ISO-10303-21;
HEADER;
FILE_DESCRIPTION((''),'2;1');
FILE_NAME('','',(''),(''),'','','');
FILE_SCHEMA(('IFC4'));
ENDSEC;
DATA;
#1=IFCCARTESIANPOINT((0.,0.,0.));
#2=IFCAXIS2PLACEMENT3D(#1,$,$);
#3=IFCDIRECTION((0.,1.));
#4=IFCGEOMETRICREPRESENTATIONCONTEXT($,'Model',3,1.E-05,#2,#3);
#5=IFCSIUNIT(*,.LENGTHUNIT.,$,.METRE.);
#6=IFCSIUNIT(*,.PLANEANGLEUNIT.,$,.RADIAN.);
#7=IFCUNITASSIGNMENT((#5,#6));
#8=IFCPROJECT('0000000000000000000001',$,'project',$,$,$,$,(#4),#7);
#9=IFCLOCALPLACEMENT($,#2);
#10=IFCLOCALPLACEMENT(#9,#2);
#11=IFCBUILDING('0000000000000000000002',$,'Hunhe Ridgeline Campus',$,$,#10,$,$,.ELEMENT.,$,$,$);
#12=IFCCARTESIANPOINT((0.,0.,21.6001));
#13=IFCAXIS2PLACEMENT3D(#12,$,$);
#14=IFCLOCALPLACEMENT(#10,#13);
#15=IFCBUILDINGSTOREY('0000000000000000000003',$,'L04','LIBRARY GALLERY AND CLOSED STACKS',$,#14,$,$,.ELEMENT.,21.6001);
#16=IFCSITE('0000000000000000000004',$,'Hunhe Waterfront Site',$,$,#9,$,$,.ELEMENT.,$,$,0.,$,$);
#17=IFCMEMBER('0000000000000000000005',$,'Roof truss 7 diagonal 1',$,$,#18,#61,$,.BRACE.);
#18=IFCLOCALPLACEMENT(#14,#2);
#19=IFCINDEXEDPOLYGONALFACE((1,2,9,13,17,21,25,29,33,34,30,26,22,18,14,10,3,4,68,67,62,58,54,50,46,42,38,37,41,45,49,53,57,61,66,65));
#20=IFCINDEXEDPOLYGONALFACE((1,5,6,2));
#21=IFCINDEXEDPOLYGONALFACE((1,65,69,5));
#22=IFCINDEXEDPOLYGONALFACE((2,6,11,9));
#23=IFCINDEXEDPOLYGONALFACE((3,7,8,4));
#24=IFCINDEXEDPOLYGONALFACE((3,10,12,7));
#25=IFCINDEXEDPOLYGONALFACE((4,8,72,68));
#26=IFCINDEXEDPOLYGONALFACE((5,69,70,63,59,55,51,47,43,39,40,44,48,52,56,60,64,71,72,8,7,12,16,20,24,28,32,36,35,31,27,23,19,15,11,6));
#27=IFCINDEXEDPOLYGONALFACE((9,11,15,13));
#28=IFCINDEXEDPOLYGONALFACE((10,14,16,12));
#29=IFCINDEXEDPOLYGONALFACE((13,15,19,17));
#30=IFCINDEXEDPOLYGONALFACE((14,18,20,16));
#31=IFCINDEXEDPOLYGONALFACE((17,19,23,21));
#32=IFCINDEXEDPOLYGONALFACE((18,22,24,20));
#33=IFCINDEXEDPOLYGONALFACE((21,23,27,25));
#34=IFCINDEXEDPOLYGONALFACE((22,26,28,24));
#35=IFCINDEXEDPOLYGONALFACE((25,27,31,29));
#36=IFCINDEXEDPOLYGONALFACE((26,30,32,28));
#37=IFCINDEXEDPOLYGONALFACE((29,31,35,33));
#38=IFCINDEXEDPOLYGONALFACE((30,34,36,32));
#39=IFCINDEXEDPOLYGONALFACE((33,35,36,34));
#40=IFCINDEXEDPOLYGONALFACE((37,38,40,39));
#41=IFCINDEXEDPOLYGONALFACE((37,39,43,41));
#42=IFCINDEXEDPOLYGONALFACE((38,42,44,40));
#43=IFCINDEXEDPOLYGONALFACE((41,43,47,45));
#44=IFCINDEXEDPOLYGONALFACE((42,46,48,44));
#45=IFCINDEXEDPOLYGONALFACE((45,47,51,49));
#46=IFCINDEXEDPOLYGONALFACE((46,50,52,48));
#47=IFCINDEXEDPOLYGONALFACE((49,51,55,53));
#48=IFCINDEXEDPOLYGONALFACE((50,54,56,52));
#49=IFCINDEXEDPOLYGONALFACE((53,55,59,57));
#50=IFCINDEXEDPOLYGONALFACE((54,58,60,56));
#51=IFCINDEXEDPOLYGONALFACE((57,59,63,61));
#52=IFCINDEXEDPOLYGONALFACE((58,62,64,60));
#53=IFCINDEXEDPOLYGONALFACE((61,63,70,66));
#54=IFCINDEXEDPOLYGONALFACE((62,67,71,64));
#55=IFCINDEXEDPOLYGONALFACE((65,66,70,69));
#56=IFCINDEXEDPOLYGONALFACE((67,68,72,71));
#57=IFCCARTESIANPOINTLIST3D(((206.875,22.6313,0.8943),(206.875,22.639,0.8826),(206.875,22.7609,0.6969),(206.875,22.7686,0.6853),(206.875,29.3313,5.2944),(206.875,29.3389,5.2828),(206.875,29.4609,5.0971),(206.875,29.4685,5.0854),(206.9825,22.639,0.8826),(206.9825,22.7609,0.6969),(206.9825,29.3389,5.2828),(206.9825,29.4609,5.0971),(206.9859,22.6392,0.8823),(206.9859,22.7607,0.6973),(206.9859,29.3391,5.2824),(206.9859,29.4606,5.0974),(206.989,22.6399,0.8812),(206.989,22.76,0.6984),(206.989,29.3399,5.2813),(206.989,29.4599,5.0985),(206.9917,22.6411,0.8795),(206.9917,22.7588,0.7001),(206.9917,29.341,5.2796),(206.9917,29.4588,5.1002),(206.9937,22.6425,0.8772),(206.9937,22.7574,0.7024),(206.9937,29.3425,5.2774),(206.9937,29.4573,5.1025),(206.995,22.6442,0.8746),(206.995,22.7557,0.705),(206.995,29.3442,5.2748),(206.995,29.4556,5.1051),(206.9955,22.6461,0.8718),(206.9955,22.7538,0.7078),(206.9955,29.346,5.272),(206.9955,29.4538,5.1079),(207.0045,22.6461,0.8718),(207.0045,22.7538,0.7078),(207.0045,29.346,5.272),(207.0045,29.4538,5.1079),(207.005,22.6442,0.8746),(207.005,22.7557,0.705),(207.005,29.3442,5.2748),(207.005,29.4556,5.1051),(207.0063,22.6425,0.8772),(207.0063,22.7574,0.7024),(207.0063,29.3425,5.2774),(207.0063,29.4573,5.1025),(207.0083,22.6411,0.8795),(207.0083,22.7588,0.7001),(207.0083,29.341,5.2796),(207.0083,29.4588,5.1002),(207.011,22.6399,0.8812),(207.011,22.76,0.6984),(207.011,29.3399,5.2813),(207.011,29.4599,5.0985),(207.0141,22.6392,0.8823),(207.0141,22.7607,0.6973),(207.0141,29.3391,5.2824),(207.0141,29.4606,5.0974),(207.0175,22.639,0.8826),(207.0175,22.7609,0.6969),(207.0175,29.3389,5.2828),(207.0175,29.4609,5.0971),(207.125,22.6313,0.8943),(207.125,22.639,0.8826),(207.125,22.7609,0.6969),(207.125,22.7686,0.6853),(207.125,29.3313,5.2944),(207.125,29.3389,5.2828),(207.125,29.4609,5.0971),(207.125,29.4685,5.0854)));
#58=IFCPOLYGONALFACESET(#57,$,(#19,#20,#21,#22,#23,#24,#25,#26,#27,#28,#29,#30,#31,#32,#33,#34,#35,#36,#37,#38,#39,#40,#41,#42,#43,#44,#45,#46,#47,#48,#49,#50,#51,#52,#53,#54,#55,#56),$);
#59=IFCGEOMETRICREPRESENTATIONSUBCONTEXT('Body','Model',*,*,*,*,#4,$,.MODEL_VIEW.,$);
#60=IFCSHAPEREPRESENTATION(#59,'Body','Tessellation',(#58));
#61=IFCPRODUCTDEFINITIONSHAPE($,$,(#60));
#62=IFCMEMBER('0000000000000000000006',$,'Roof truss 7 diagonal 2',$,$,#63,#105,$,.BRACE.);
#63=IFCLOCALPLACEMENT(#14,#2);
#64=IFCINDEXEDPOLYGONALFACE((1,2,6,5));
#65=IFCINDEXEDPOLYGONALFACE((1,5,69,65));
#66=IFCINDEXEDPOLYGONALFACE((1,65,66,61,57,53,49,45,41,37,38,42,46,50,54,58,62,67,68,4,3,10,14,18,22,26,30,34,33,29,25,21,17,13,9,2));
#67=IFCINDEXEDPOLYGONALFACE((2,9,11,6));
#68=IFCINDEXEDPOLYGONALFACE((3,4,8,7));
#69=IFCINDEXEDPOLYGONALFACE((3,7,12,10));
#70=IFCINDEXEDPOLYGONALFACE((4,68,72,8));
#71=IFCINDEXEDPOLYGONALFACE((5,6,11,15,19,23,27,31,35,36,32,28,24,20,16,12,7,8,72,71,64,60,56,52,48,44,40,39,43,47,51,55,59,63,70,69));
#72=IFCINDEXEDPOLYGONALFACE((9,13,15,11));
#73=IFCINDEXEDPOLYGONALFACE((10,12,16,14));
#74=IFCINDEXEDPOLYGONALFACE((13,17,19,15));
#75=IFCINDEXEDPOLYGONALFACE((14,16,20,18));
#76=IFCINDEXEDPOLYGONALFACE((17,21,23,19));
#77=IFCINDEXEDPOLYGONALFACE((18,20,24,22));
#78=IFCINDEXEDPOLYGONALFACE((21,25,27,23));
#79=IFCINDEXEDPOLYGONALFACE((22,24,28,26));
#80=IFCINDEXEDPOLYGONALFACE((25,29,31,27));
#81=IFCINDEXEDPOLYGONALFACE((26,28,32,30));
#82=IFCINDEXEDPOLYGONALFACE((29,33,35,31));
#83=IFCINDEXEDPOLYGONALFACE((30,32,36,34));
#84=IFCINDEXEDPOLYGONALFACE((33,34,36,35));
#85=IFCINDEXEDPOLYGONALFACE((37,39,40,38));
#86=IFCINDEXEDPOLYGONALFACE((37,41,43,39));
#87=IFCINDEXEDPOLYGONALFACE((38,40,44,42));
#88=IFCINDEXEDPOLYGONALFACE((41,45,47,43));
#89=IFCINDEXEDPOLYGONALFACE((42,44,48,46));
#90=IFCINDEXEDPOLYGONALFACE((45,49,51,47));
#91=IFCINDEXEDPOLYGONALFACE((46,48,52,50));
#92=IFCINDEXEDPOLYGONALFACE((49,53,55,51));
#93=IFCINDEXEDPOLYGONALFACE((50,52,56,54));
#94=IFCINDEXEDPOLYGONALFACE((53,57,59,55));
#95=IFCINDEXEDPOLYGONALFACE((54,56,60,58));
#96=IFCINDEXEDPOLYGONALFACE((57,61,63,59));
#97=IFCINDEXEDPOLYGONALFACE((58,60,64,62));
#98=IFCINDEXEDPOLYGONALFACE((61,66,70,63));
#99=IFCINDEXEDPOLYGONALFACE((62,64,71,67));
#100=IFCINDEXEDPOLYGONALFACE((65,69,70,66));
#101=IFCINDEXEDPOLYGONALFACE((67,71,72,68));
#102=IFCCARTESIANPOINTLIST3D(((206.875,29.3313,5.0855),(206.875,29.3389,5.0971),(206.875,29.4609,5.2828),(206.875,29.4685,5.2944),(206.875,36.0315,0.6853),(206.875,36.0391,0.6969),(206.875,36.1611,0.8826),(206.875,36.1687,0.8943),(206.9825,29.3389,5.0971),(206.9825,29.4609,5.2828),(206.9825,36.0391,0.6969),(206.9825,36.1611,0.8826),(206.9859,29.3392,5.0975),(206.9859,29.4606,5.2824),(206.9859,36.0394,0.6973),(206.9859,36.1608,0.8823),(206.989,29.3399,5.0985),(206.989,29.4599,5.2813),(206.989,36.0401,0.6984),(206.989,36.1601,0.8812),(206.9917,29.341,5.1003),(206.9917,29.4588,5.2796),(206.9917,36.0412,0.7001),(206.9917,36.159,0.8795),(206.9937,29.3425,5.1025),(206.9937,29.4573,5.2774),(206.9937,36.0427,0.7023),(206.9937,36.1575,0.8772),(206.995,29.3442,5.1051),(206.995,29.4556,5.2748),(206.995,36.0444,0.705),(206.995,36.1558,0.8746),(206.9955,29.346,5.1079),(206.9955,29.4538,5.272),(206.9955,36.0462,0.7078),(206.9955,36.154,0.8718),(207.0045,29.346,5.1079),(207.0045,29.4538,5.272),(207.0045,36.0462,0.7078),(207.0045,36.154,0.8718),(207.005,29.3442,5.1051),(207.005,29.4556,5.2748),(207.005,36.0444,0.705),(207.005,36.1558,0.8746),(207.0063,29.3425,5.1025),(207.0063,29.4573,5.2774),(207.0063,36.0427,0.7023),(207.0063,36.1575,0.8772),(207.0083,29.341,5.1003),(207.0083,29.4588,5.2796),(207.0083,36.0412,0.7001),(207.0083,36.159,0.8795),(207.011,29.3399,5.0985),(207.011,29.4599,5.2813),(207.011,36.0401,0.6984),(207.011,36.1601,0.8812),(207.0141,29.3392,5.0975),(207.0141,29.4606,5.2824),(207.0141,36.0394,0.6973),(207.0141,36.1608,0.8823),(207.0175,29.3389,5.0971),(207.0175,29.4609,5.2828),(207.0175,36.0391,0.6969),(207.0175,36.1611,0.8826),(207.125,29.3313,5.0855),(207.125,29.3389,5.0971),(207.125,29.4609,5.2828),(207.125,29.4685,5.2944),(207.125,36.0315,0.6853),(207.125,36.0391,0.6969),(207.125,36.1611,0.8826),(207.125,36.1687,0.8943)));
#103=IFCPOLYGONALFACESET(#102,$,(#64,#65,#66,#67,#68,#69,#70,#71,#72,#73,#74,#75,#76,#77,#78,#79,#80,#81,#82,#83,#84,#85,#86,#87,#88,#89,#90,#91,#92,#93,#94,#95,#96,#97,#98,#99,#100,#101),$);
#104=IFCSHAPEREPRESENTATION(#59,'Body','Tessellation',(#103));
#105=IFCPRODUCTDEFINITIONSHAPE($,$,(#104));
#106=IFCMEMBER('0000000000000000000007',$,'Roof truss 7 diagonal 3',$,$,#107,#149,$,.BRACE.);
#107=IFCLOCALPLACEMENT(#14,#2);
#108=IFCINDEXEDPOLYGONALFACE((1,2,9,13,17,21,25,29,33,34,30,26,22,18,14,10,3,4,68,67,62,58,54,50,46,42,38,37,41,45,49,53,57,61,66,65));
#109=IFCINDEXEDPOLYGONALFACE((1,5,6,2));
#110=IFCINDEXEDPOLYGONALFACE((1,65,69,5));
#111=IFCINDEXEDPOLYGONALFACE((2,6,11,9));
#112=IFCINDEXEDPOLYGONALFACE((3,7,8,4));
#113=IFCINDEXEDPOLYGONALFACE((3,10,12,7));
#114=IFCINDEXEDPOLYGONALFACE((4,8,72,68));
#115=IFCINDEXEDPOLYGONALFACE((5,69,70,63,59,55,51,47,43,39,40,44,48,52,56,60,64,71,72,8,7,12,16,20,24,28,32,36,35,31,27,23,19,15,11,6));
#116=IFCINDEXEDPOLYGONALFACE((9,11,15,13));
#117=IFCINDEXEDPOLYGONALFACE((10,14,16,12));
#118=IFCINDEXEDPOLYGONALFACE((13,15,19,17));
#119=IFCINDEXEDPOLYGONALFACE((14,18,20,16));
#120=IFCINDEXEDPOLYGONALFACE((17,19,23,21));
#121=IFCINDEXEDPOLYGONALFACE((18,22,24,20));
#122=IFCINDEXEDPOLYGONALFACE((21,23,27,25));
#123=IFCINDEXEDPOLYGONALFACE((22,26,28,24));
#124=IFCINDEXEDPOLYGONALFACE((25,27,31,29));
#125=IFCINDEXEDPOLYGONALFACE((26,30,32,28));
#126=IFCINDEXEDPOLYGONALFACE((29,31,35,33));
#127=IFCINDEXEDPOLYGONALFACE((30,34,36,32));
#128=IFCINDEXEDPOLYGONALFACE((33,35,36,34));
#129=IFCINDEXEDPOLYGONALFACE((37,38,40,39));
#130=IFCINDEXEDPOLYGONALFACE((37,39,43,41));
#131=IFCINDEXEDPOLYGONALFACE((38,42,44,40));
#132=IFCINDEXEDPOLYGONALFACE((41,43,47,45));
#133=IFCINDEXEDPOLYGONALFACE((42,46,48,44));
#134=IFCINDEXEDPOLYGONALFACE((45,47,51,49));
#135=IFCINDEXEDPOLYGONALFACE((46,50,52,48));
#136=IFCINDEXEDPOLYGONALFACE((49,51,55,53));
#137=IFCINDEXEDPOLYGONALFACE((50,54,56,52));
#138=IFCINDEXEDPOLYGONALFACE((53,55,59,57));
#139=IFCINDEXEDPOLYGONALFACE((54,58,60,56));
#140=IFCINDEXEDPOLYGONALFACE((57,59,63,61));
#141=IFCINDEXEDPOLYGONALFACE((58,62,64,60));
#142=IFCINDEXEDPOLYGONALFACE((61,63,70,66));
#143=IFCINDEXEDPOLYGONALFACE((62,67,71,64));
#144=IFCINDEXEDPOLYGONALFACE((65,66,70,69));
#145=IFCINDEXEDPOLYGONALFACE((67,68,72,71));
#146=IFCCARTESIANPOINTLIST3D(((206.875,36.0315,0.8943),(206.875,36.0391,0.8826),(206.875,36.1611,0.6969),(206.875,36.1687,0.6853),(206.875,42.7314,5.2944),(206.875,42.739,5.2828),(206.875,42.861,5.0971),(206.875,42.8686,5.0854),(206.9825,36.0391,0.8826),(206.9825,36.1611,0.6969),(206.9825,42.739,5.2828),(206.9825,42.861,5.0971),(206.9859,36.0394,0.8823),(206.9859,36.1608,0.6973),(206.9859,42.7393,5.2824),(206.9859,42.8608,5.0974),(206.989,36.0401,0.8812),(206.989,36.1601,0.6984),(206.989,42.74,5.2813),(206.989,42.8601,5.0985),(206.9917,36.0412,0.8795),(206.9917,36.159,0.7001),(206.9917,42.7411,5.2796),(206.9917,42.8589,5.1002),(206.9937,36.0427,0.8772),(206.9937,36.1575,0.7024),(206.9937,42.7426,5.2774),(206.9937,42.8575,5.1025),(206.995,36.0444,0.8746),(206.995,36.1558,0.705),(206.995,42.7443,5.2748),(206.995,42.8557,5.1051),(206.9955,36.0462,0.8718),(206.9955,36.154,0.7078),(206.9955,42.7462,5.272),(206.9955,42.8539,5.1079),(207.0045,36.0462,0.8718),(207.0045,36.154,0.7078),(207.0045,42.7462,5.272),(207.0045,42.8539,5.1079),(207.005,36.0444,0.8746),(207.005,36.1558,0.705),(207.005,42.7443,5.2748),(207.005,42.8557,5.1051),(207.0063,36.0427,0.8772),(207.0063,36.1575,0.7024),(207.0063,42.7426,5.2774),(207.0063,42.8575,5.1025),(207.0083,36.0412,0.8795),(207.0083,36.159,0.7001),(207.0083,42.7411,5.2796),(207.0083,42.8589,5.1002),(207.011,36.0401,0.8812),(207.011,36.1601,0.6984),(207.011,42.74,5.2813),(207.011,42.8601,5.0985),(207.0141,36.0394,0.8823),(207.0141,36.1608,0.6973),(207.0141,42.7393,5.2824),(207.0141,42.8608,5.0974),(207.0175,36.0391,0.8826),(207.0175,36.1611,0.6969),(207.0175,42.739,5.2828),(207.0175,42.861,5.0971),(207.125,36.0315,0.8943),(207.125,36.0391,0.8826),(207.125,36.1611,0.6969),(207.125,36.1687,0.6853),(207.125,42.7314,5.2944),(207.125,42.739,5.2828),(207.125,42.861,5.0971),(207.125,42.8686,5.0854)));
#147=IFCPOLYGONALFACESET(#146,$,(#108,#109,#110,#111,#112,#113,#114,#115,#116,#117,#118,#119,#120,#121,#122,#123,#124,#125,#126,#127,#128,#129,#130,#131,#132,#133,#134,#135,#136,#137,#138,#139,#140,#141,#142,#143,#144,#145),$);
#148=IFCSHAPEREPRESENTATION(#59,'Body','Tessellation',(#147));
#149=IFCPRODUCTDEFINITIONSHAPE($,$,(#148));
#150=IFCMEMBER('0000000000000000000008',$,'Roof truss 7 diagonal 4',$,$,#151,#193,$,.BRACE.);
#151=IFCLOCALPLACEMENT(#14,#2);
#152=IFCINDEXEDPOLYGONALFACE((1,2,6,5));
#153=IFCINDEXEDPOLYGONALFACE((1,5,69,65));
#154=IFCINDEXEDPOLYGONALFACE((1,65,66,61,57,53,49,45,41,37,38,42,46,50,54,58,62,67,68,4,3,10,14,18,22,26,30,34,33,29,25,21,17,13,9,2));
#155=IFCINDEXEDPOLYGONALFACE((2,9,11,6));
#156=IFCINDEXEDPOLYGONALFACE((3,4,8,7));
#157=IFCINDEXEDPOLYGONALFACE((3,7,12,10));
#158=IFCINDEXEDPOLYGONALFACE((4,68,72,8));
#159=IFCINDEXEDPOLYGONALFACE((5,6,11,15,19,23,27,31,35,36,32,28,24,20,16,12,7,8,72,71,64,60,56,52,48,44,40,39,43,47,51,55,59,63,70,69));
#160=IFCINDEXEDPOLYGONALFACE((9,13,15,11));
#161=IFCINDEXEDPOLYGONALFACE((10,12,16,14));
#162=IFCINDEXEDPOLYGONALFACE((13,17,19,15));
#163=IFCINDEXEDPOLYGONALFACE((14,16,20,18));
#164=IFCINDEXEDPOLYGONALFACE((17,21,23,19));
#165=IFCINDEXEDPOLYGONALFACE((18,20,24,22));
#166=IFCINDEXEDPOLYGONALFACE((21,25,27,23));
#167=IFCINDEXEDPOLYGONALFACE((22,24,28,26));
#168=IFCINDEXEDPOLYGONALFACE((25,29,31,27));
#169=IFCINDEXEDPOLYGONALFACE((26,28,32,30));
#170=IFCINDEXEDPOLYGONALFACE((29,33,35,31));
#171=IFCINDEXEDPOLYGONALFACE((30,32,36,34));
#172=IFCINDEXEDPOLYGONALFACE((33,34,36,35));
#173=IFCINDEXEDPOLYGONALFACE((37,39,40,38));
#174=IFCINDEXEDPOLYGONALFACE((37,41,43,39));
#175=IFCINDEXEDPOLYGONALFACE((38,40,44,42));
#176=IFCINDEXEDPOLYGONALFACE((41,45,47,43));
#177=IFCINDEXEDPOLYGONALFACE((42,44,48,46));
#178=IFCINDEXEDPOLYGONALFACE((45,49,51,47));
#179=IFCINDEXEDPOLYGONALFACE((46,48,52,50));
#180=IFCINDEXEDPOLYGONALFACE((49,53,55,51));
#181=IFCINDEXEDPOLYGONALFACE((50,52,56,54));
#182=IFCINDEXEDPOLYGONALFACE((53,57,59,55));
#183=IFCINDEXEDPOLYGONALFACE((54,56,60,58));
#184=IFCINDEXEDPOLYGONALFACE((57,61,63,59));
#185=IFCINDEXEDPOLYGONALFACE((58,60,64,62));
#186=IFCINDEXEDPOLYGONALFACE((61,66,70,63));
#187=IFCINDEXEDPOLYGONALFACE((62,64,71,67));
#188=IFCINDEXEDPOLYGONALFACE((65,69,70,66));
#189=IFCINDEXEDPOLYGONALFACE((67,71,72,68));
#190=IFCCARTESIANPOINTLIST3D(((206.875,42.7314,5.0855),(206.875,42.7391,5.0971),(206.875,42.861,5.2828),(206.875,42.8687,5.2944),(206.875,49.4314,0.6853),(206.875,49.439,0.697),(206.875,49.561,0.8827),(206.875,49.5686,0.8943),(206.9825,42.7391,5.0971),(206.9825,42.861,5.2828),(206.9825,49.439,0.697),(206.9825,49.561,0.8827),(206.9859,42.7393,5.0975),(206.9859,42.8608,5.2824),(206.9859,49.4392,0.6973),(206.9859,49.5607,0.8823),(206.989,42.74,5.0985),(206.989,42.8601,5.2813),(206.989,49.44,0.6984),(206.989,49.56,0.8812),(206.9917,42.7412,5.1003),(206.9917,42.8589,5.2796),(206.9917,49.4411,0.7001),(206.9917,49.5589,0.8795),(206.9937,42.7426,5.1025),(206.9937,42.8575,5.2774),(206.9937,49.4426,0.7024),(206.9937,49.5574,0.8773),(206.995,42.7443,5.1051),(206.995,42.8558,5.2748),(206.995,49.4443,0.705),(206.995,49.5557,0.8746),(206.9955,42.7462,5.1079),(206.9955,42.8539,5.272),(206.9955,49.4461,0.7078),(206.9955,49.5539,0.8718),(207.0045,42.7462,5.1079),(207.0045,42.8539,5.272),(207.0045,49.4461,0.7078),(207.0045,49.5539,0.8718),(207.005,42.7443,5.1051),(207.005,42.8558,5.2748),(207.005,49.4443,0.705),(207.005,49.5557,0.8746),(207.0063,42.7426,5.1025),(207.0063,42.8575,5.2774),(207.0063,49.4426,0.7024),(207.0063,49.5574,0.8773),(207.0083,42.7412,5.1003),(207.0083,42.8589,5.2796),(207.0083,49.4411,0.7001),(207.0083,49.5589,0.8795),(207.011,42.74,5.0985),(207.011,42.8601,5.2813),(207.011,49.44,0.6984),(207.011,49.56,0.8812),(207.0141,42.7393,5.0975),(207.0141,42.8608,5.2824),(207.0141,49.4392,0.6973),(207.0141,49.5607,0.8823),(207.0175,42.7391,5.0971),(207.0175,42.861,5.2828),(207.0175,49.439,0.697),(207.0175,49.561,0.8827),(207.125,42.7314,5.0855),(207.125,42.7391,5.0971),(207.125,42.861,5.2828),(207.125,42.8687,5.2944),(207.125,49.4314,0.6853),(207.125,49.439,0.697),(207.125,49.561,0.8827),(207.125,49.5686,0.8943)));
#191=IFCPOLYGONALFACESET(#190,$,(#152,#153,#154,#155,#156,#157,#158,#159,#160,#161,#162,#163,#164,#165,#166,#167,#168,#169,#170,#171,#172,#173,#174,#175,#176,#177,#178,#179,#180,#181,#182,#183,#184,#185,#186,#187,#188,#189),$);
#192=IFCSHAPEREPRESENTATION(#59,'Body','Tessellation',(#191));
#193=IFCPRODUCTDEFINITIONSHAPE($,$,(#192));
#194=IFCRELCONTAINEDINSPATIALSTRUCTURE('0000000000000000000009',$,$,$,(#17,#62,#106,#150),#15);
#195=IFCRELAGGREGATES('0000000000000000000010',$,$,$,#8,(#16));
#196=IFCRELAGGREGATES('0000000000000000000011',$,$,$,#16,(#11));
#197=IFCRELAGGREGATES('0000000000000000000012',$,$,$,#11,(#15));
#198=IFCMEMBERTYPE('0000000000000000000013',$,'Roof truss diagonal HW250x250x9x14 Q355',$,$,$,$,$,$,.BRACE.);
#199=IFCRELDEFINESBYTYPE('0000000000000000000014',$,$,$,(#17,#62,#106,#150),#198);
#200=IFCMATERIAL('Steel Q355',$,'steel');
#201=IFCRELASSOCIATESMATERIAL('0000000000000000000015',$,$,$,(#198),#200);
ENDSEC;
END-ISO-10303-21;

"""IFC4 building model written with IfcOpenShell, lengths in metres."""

from ifc_helpers import new_model, si_unit, direction, frame, origin, origin_2d, place, context, subcontext, project, spatial, i_section, extrude, material, material_profile, profile_set, type_object, element, save


model = new_model("IFC4")

# Units and contexts
model_context = context("Model", 3, precision=1e-05, world=origin(), true_north=direction((0.0, 1.0)))
body_context = subcontext(model_context, "Body", "Model", "MODEL_VIEW")
ifc_project = project(units=[si_unit("LENGTHUNIT", "METRE"), si_unit("PLANEANGLEUNIT", "RADIAN")], contexts=[model_context])

# Site, building, storey
site_placement = place(None, origin())
site = spatial("IfcSite", under=ifc_project, at=site_placement, Name="Hunhe Waterfront Site", CompositionType="ELEMENT", RefElevation=0.0)
building_placement = place(site_placement, origin())
building = spatial("IfcBuilding", under=site, at=building_placement, Name="Hunhe Ridgeline Campus", CompositionType="ELEMENT")
storey_placement = place(building_placement, frame((0.0, 0.0, 21.6001)))
storey = spatial("IfcBuildingStorey", under=building, at=storey_placement, Name="L04", Description="LIBRARY GALLERY AND CLOSED STACKS", CompositionType="ELEMENT", Elevation=21.6001)

# Members
ifc_material_1 = material(Name="Steel Q355", Category="steel")
ifc_material_profile_1 = material_profile(ifc_material_1, i_section(OverallWidth=0.25, OverallDepth=0.25, WebThickness=0.009, FlangeThickness=0.0139, FilletRadius=0.0129, at=origin_2d()))
ifc_profile_set_1 = profile_set([ifc_material_profile_1], Name="Steel Q355")
member_type_1 = type_object("IfcMemberType", Name="Roof truss diagonal HW250x250x9x14 Q355", PredefinedType="BRACE", material=ifc_profile_set_1)
for number, where, z_axis, x_axis, name in (
    (1, (207.0, 22.7, 0.7898), (0.0, 0.835859, 0.548944), (-1.0, 0.0, 0.0), "Roof truss 7 diagonal 1"),
):
    element("IfcMember", number, at=place(storey_placement, frame(where, z_axis=z_axis, x_axis=x_axis)), inside=storey, type_object=member_type_1, Name=name, PredefinedType="BRACE", context=body_context, shape_type="SweptSolid", body=[
        extrude(i_section(OverallWidth=0.25, OverallDepth=0.25, WebThickness=0.009, FlangeThickness=0.0139, FilletRadius=0.0129, at=origin_2d()), origin(), (0.0, 0.0, 1.0), 8.0156),
    ])
member_1_placement = place(storey_placement, frame((207.0, 29.3999, 5.1899), z_axis=(0.0, 0.835868, -0.548931), x_axis=(-1.0, 0.0, 0.0)))
element("IfcMember", 2, at=member_1_placement, inside=storey, type_object=member_type_1, Name="Roof truss 7 diagonal 2", PredefinedType="BRACE", context=body_context, shape_type="SweptSolid", body=[
    extrude(i_section(OverallWidth=0.25, OverallDepth=0.25, WebThickness=0.009, FlangeThickness=0.0139, FilletRadius=0.0129, at=origin_2d()), origin(), (0.0, 0.0, 1.0), 8.0159),
])
for number, where, z_axis, x_axis, name in (
    (3, (207.0, 36.1001, 0.7898), (0.0, 0.835859, 0.548944), (-1.0, 0.0, 0.0), "Roof truss 7 diagonal 3"),
    (4, (207.0, 42.8, 5.1899), (0.0, 0.835859, -0.548944), (-1.0, 0.0, 0.0), "Roof truss 7 diagonal 4"),
):
    element("IfcMember", number, at=place(storey_placement, frame(where, z_axis=z_axis, x_axis=x_axis)), inside=storey, type_object=member_type_1, Name=name, PredefinedType="BRACE", context=body_context, shape_type="SweptSolid", body=[
        extrude(i_section(OverallWidth=0.25, OverallDepth=0.25, WebThickness=0.009, FlangeThickness=0.0139, FilletRadius=0.0129, at=origin_2d()), origin(), (0.0, 0.0, 1.0), 8.0156),
    ])

save(model, "model.ifc")
